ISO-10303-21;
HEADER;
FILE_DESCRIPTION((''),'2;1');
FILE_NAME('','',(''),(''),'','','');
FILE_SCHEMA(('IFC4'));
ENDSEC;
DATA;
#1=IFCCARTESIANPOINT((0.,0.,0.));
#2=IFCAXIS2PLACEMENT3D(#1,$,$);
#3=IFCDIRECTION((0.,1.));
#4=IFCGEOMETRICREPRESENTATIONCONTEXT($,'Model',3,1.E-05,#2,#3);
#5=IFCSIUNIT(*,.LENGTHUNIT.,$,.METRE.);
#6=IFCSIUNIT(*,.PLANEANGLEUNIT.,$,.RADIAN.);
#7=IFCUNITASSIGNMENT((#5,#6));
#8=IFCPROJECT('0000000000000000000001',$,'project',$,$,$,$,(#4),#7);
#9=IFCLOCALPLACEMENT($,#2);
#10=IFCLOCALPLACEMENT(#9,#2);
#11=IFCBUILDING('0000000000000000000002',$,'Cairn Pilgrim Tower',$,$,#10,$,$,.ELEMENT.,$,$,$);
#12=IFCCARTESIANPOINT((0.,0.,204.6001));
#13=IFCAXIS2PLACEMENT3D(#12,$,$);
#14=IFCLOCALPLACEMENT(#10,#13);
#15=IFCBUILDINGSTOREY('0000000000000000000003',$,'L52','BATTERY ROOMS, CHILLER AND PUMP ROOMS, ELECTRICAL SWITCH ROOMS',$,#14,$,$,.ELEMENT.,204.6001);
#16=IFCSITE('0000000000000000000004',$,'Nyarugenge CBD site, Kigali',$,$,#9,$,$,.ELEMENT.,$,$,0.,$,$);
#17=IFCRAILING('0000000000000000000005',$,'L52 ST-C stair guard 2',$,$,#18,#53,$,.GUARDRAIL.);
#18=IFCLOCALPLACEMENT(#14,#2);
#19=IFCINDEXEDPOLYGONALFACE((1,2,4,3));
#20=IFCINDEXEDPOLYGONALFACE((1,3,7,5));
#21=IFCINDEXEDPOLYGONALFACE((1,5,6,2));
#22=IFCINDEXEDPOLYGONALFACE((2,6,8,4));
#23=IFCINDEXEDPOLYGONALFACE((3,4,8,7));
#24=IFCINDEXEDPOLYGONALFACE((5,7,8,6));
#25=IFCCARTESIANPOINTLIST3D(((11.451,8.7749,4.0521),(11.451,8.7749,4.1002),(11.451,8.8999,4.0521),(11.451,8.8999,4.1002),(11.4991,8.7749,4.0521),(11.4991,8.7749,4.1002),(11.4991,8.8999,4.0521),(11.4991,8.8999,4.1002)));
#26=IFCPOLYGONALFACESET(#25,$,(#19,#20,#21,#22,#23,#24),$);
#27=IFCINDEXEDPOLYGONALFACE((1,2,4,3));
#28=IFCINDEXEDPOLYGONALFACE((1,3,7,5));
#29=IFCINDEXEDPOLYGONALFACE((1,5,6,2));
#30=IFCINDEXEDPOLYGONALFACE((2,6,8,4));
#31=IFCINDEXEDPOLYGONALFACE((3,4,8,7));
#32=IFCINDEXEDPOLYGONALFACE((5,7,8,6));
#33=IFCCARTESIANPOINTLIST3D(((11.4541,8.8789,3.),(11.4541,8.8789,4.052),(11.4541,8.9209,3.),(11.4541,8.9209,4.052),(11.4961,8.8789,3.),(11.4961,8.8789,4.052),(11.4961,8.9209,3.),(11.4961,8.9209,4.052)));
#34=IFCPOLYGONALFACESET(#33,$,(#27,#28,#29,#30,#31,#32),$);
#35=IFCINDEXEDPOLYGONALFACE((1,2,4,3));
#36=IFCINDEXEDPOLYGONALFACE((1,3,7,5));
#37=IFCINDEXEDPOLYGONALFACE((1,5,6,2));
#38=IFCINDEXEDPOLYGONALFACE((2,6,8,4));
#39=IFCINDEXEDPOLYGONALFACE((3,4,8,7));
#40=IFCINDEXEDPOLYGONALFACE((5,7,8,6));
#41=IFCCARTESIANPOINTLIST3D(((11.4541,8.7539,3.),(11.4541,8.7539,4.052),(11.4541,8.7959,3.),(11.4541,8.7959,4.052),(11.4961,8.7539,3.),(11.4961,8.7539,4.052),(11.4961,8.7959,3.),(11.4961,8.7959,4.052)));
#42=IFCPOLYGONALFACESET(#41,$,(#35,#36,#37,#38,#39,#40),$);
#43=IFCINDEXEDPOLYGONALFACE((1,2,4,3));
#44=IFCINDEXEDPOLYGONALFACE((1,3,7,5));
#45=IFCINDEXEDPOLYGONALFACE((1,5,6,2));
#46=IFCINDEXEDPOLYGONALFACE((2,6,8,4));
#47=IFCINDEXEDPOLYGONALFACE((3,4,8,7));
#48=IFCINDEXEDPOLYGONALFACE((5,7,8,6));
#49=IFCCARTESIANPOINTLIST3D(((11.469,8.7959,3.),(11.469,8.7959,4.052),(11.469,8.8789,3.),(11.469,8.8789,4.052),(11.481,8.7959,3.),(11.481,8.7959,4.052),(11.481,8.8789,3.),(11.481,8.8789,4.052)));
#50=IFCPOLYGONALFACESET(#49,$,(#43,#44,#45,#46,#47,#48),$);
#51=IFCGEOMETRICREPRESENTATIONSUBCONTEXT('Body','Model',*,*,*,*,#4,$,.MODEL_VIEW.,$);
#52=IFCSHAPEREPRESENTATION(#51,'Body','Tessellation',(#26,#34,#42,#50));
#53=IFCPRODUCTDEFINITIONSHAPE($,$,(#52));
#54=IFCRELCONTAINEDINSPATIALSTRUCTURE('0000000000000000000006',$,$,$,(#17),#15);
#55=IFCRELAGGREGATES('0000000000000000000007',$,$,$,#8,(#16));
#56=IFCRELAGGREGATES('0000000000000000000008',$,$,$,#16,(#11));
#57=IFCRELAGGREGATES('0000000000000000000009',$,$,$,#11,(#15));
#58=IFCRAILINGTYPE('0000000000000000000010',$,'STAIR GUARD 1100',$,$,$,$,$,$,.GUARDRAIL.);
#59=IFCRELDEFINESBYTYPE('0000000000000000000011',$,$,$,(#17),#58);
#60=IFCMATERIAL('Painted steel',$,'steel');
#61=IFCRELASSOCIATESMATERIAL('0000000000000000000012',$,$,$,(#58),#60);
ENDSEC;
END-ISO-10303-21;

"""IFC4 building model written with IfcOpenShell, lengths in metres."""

from ifc_helpers import new_model, si_unit, direction, frame, origin, origin_2d, place, context, subcontext, project, spatial, polyline, rectangle, outline, extrude, material, type_object, element, save


model = new_model("IFC4")

# Units and contexts
model_context = context("Model", 3, precision=1e-05, world=origin(), true_north=direction((0.0, 1.0)))
body_context = subcontext(model_context, "Body", "Model", "MODEL_VIEW")
ifc_project = project(units=[si_unit("LENGTHUNIT", "METRE"), si_unit("PLANEANGLEUNIT", "RADIAN")], contexts=[model_context])

# Site, building, storey
site_placement = place(None, origin())
site = spatial("IfcSite", under=ifc_project, at=site_placement, Name="Nyarugenge CBD site, Kigali", CompositionType="ELEMENT", RefElevation=0.0)
building_placement = place(site_placement, origin())
building = spatial("IfcBuilding", under=site, at=building_placement, Name="Cairn Pilgrim Tower", CompositionType="ELEMENT")
storey_placement = place(building_placement, frame((0.0, 0.0, 204.6001)))
storey = spatial("IfcBuildingStorey", under=building, at=storey_placement, Name="L52", Description="BATTERY ROOMS, CHILLER AND PUMP ROOMS, ELECTRICAL SWITCH ROOMS", CompositionType="ELEMENT", Elevation=204.6001)

# Railing
ifc_material_1 = material(Name="Painted steel", Category="steel")
railing_type_1 = type_object("IfcRailingType", Name="STAIR GUARD 1100", PredefinedType="GUARDRAIL", material=ifc_material_1)
railing_1_placement = place(storey_placement, frame((11.4751, 8.8999, 3.0)))
element("IfcRailing", 1, at=railing_1_placement, inside=storey, type_object=railing_type_1, Name="L52 ST-C stair guard 2", PredefinedType="GUARDRAIL", context=body_context, shape_type="SweptSolid", body=[
    extrude(rectangle(XDim=0.0481, YDim=0.0481, at=origin_2d()), frame((0.0, 0.0, 1.0762), z_axis=(0.0, -1.0, 0.0), x_axis=(1.0, 0.0, 0.0)), (0.0, 0.0, 1.0), 0.125),
    extrude(rectangle(XDim=0.042, YDim=0.042, at=origin_2d()), origin(), (0.0, 0.0, 1.0), 1.052),
    extrude(rectangle(XDim=0.042, YDim=0.042, at=origin_2d()), frame((0.0, -0.125, 0.0)), (0.0, 0.0, 1.0), 1.052),
    extrude(outline(polyline([(0.021, 0.0), (0.104, 0.0), (0.104, 1.052), (0.021, 1.052), (0.021, 0.0)])), frame((0.0059, 0.0, 0.0), z_axis=(-1.0, 0.0, 0.0), x_axis=(0.0, -1.0, 0.0)), (0.0, 0.0, 1.0), 0.012),
])

save(model, "model.ifc")
